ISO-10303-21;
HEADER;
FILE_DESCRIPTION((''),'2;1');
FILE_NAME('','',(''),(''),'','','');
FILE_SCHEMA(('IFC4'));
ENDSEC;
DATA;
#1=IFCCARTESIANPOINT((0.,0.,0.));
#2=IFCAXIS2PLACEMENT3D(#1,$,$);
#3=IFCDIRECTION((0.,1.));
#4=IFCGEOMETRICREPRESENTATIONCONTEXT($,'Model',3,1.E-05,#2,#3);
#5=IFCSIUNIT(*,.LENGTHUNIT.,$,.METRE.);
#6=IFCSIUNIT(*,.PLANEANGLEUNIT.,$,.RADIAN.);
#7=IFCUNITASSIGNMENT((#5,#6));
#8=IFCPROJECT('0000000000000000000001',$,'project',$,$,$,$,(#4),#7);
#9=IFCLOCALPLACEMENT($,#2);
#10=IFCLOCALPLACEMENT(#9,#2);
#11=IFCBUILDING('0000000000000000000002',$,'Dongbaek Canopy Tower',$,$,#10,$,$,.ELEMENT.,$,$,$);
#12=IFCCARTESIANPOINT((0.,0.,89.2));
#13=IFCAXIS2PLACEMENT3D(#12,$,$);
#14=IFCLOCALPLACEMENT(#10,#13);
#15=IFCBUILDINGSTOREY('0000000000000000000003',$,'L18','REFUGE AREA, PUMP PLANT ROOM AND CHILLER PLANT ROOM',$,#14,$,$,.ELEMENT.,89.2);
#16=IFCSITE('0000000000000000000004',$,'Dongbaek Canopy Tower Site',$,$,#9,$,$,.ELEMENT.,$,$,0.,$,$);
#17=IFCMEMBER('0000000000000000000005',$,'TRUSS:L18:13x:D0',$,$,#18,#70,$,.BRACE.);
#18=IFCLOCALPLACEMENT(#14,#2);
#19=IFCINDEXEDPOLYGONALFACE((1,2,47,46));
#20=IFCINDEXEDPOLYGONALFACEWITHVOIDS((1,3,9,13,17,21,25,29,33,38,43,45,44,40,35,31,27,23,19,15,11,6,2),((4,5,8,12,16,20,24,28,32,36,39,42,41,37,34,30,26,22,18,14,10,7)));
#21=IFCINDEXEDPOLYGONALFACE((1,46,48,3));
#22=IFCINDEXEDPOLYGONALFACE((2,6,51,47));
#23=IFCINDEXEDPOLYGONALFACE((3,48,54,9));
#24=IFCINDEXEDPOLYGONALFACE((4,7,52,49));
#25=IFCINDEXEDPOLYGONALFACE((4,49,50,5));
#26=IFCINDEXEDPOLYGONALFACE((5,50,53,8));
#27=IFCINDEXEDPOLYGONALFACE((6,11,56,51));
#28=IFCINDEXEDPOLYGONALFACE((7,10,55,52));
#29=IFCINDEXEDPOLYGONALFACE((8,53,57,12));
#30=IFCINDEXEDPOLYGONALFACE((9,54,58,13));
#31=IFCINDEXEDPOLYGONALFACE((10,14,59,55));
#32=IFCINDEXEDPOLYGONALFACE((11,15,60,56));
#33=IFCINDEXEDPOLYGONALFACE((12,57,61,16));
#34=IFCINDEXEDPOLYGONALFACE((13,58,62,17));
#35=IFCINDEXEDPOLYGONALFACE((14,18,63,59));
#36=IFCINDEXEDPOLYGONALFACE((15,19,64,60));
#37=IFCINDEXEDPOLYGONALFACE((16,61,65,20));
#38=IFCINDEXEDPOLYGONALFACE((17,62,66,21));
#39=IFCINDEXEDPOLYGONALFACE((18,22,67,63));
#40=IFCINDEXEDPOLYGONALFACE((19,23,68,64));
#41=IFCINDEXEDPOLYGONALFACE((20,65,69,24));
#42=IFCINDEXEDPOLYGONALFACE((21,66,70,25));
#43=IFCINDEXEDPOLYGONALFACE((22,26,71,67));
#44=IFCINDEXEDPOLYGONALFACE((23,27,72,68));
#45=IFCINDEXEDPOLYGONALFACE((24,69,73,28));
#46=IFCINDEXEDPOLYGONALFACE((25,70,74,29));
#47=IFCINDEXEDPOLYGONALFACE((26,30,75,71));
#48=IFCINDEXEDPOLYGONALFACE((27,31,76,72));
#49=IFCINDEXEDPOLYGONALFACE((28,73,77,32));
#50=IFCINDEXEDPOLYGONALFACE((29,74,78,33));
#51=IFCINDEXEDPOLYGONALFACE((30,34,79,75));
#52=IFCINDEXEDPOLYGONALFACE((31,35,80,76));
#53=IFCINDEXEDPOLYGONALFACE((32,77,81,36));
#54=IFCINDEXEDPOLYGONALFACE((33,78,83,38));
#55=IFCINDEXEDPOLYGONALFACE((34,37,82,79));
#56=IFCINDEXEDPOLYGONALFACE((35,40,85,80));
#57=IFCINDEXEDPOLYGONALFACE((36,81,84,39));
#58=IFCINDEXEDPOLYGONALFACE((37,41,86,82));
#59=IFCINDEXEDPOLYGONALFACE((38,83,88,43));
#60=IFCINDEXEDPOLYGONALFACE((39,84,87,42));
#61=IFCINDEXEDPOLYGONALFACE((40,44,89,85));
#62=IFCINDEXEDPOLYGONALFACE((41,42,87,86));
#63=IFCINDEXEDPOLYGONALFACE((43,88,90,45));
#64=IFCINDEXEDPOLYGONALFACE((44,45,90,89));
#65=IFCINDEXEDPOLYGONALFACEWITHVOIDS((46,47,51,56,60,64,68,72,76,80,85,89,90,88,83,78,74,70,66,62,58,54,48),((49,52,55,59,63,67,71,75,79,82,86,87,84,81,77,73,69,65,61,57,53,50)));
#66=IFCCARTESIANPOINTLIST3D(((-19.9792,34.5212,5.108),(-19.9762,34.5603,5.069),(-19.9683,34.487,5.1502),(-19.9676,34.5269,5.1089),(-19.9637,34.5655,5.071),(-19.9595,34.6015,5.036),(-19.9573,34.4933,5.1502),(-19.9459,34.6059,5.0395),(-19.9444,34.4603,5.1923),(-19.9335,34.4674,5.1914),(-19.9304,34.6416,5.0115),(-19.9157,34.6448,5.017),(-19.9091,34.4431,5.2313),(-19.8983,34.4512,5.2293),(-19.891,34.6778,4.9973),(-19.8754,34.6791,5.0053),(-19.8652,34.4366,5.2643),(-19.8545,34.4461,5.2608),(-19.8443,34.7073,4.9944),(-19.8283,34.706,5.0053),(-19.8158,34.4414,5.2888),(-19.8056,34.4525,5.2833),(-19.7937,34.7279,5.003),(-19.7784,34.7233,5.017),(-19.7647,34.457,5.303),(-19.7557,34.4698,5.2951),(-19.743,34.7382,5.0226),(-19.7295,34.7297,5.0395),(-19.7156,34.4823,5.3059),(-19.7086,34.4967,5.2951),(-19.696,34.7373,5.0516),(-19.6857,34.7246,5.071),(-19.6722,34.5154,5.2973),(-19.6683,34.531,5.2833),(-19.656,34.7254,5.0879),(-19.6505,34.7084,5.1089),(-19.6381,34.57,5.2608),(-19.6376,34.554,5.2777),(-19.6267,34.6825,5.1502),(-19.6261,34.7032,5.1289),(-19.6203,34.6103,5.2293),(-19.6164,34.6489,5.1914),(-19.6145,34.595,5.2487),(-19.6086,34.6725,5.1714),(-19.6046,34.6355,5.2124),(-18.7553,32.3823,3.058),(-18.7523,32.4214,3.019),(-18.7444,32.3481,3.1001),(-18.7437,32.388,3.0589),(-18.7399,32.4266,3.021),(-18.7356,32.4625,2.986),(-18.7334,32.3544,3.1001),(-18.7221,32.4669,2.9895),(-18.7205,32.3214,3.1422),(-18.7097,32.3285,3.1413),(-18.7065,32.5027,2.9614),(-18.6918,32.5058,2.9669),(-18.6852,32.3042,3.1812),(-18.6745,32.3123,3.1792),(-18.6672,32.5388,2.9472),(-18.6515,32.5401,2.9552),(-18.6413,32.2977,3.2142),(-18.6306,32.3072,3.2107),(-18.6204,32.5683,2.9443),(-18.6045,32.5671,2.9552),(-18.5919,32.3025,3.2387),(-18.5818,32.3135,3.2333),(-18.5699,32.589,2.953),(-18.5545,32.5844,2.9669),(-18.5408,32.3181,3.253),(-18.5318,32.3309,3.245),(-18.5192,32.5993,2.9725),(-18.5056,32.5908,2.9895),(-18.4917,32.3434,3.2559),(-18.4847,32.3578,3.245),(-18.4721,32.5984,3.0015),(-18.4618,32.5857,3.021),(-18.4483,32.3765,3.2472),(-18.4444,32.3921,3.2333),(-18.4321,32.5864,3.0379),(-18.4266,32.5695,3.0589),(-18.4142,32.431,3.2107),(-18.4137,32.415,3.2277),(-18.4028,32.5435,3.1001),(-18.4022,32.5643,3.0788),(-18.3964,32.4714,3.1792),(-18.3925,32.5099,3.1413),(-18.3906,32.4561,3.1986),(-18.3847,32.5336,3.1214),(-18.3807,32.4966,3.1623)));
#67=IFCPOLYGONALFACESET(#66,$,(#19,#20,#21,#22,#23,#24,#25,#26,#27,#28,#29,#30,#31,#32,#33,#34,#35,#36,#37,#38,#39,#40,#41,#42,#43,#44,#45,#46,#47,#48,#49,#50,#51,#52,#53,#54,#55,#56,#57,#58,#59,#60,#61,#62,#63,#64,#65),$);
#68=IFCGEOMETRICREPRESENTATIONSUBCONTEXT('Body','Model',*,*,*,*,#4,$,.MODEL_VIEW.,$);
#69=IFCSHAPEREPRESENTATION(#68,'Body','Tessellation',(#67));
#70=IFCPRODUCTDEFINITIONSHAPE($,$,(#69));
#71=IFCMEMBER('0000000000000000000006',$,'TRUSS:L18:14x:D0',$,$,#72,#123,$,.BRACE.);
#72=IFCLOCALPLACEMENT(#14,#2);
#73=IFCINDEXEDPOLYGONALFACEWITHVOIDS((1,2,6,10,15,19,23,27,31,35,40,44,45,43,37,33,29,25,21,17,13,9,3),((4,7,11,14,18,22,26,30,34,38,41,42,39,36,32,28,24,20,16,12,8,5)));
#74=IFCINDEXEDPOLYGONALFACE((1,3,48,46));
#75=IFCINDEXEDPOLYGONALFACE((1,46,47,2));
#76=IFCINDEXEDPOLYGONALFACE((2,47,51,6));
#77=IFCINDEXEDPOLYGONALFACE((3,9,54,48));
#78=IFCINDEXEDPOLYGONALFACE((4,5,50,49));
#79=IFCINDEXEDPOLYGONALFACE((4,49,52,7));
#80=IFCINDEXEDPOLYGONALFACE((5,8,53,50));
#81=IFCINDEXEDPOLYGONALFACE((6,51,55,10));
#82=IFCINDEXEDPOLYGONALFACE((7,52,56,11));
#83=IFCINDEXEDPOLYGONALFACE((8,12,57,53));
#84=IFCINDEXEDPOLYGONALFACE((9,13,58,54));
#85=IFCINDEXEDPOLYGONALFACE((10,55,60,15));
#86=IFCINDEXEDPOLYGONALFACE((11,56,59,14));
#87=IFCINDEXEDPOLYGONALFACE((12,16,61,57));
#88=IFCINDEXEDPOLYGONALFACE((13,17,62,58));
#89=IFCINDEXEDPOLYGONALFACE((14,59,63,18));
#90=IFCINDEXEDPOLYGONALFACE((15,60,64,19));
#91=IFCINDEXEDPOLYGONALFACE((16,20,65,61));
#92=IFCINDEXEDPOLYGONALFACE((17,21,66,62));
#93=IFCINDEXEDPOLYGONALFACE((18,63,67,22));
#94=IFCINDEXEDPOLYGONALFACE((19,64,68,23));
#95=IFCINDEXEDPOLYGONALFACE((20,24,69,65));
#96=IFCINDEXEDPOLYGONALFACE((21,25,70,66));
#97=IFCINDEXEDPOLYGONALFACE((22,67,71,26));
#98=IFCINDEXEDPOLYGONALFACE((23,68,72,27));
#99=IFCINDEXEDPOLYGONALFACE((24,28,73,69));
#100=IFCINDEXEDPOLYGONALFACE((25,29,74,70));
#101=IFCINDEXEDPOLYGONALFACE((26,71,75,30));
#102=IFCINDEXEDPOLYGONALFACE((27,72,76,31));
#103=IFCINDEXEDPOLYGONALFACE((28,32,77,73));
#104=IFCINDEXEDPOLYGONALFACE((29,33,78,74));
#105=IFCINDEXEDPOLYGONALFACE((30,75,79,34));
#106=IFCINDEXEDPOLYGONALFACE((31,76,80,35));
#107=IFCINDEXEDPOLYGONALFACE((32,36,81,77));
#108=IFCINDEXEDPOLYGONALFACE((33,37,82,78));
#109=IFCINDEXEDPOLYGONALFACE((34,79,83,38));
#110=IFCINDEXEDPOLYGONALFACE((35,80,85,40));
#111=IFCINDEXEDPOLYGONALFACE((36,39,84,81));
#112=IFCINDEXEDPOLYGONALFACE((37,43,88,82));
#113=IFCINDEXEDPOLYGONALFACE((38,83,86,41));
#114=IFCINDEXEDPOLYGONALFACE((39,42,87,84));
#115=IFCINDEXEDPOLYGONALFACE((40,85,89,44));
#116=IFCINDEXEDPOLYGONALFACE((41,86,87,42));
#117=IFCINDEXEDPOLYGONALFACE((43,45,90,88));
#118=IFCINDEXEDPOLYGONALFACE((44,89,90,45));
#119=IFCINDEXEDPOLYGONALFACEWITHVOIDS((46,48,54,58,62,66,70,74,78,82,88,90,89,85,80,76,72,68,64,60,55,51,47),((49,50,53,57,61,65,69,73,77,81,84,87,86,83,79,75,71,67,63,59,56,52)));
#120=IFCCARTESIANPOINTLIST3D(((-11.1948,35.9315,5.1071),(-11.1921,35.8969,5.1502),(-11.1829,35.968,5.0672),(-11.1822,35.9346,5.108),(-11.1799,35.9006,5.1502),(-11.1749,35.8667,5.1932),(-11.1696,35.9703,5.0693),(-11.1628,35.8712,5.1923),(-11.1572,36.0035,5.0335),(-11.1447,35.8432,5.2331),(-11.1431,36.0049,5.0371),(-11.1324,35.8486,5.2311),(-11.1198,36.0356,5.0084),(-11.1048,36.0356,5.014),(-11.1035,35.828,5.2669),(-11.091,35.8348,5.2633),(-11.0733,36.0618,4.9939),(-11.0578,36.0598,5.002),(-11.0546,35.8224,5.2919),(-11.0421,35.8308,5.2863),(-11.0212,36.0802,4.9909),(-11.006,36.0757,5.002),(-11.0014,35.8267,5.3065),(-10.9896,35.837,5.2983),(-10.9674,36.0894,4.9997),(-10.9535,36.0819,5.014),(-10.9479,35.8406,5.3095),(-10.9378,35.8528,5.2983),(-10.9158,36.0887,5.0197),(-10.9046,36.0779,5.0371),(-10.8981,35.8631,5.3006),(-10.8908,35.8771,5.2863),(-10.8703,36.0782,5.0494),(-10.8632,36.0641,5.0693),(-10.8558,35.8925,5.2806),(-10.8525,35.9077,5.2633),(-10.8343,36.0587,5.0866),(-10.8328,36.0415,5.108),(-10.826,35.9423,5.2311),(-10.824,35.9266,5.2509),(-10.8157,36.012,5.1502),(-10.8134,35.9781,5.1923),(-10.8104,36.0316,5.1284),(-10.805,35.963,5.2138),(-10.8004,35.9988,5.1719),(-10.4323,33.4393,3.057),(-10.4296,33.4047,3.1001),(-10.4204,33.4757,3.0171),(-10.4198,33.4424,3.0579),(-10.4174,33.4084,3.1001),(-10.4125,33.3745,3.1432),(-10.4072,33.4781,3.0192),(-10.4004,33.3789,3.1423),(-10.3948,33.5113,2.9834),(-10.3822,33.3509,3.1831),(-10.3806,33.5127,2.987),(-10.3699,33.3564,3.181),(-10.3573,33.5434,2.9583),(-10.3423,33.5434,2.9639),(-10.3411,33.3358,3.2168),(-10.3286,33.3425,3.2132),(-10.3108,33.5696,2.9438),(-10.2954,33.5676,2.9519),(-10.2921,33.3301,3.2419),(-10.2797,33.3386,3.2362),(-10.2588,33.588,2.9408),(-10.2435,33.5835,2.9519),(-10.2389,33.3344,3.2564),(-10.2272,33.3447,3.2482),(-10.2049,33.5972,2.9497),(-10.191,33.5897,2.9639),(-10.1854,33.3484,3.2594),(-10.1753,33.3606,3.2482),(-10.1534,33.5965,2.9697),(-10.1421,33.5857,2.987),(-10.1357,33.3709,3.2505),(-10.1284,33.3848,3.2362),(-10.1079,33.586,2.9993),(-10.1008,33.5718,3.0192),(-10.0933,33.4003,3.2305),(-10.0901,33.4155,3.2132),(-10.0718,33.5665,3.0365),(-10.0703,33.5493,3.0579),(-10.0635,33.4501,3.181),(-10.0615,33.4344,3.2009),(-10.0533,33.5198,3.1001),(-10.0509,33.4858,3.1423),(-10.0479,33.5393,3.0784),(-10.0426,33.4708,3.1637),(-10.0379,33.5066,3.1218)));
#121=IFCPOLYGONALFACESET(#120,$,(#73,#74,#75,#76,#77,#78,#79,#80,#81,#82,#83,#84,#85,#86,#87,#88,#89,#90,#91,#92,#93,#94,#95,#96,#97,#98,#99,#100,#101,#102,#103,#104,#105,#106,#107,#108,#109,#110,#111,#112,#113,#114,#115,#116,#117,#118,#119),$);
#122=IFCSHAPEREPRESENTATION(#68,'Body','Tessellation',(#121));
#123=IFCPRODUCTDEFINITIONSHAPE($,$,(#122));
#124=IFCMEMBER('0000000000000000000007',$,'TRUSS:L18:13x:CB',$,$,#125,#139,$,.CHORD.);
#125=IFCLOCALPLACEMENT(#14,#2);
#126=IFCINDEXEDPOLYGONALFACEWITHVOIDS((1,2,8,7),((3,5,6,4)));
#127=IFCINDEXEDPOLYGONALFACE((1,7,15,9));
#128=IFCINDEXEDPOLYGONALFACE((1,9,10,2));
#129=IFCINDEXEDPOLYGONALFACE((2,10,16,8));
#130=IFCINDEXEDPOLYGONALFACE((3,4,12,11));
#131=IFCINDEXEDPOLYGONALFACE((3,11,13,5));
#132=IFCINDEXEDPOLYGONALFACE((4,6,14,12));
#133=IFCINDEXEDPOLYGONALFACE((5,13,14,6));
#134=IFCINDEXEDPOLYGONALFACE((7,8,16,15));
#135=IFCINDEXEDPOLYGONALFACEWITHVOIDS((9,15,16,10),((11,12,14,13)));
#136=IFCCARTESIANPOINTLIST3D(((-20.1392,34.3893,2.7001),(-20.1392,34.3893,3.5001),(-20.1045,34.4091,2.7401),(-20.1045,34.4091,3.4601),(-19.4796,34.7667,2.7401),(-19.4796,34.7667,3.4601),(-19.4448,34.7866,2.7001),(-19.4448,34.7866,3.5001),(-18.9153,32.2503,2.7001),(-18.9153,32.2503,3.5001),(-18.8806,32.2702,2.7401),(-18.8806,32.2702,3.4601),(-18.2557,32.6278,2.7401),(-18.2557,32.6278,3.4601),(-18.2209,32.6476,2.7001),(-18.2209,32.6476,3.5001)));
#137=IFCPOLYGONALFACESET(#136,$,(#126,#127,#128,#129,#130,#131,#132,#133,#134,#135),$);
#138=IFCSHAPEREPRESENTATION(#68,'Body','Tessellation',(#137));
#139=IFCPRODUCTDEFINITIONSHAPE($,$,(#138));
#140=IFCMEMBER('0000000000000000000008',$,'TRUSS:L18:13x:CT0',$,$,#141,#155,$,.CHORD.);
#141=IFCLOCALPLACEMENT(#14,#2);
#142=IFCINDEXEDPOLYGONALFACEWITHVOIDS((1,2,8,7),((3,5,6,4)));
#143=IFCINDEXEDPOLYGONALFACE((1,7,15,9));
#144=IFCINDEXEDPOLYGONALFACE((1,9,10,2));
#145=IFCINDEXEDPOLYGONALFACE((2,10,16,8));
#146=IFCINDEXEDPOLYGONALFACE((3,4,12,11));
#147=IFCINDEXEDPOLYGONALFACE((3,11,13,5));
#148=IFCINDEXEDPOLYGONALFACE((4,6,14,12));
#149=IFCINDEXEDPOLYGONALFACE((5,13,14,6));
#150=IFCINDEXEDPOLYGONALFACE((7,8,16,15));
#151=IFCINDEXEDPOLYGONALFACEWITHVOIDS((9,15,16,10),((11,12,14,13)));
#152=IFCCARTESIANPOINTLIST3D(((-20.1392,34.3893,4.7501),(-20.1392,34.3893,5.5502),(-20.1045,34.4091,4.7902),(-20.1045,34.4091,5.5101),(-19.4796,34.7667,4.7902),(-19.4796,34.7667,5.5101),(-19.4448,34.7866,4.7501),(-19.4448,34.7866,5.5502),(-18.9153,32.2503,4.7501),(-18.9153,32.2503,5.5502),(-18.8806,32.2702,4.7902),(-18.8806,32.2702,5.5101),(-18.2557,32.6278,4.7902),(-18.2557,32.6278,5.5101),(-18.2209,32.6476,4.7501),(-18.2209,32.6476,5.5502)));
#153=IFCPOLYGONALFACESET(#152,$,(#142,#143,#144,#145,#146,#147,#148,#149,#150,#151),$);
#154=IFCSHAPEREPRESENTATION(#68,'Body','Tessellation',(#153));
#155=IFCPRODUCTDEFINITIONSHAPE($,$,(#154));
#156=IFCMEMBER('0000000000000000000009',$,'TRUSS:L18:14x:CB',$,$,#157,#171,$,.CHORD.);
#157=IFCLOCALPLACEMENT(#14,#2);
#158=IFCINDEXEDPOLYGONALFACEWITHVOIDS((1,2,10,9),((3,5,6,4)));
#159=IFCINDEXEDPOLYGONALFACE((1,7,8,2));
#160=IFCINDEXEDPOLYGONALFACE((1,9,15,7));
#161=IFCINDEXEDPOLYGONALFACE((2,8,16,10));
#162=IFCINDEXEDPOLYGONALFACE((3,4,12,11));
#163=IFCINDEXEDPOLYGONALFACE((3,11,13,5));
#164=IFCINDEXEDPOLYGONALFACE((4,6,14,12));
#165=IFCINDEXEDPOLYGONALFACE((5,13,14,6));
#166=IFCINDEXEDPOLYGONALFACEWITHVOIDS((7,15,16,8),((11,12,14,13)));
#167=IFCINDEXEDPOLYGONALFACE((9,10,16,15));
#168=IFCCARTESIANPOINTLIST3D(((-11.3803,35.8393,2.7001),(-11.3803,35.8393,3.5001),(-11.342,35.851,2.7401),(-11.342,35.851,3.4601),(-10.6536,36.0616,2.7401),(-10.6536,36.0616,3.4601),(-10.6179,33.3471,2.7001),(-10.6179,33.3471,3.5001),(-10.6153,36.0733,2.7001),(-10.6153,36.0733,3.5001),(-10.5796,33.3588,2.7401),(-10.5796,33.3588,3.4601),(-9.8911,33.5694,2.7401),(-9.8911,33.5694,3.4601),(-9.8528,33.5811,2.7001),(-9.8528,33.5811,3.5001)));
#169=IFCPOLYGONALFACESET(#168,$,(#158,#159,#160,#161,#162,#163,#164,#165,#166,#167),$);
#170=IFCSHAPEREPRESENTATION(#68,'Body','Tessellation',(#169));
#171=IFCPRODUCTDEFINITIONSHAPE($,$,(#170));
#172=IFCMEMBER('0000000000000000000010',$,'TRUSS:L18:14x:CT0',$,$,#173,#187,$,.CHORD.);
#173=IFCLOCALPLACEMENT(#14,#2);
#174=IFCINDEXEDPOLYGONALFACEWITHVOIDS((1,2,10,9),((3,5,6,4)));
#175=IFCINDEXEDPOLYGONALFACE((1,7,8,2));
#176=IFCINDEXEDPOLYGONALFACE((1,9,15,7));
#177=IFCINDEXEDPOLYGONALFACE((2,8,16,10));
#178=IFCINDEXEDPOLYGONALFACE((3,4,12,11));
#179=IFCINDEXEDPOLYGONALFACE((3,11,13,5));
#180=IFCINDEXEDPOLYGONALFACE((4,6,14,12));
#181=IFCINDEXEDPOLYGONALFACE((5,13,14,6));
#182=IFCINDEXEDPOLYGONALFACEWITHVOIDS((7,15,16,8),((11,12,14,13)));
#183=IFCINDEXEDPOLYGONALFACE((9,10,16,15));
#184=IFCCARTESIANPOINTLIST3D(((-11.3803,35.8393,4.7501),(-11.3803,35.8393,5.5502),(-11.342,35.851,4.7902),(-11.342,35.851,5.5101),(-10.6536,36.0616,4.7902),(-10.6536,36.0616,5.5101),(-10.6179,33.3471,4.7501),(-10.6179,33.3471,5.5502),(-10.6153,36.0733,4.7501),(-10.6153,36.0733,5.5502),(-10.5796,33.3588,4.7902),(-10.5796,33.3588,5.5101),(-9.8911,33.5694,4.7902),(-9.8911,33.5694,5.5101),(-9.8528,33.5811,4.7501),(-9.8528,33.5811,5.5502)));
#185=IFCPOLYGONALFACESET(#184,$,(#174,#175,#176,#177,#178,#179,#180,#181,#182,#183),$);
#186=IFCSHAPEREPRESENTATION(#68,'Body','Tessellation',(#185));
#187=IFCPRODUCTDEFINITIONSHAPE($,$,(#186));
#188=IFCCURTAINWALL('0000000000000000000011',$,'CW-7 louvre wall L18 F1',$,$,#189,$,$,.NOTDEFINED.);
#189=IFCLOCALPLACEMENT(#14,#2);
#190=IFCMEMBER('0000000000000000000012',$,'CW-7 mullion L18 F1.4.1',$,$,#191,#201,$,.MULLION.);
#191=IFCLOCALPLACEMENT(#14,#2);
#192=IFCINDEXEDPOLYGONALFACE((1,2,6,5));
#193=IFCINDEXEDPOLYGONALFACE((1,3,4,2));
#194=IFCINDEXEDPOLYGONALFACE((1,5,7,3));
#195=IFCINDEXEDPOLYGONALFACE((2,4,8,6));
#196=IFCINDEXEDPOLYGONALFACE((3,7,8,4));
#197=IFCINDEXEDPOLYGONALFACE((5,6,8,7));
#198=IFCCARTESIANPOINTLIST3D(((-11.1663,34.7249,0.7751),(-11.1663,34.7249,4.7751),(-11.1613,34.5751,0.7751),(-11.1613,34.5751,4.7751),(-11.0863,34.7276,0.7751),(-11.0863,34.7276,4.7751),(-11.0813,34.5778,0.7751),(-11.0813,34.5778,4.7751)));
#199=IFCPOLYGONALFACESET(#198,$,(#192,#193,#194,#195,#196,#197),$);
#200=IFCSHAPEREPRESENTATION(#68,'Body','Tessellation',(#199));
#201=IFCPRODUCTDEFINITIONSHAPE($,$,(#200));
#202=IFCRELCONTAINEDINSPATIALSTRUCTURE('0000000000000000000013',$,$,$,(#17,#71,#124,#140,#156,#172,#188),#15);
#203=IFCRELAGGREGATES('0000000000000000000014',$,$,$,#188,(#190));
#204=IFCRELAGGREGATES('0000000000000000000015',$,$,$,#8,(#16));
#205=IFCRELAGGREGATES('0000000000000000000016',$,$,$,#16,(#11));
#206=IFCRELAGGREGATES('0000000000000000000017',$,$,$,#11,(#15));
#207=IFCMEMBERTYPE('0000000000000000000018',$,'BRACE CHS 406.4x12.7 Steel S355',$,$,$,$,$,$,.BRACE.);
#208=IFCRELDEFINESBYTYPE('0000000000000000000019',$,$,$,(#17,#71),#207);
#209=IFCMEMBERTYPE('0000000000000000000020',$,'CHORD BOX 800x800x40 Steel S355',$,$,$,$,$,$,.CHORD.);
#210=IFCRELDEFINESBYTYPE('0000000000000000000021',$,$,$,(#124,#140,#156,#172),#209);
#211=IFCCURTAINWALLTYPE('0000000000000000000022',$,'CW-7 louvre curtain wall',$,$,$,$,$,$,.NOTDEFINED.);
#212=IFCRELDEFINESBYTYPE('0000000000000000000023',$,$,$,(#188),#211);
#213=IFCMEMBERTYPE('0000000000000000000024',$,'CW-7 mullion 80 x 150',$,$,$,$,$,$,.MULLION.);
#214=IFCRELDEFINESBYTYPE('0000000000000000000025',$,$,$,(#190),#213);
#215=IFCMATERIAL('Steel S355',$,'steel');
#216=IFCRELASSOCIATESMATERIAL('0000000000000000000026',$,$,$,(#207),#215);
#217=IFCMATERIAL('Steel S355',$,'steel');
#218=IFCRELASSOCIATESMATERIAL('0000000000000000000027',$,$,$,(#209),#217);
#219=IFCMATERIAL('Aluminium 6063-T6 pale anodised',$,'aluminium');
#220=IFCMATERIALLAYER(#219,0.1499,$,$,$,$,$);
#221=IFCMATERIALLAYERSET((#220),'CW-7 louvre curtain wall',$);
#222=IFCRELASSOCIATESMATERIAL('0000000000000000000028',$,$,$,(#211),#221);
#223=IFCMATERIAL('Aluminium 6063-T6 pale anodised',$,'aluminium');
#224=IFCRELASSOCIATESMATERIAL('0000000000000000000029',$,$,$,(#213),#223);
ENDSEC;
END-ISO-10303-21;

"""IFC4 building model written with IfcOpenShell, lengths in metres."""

from ifc_helpers import new_model, si_unit, direction, frame, origin, origin_2d, place, context, subcontext, project, spatial, rectangle, hollow_rectangle, hollow_circle, extrude, material, layer, layer_set, material_profile, profile_set, type_object, element, aggregate, save


model = new_model("IFC4")

# Units and contexts
model_context = context("Model", 3, precision=1e-05, world=origin(), true_north=direction((0.0, 1.0)))
body_context = subcontext(model_context, "Body", "Model", "MODEL_VIEW")
ifc_project = project(units=[si_unit("LENGTHUNIT", "METRE"), si_unit("PLANEANGLEUNIT", "RADIAN")], contexts=[model_context])

# Site, building, storey
site_placement = place(None, origin())
site = spatial("IfcSite", under=ifc_project, at=site_placement, Name="Dongbaek Canopy Tower Site", CompositionType="ELEMENT", RefElevation=0.0)
building_placement = place(site_placement, origin())
building = spatial("IfcBuilding", under=site, at=building_placement, Name="Dongbaek Canopy Tower", CompositionType="ELEMENT")
storey_placement = place(building_placement, frame((0.0, 0.0, 89.2)))
storey = spatial("IfcBuildingStorey", under=building, at=storey_placement, Name="L18", Description="REFUGE AREA, PUMP PLANT ROOM AND CHILLER PLANT ROOM", CompositionType="ELEMENT", Elevation=89.2)

# Members
ifc_material_1 = material(Name="Steel S355", Category="steel")
ifc_material_profile_1 = material_profile(ifc_material_1, hollow_circle(Radius=0.2031, WallThickness=0.0127, at=origin_2d()), Name="BRACE CHS 406.4x12.7 Steel S355")
ifc_profile_set_1 = profile_set([ifc_material_profile_1], Name="Steel S355")
member_type_1 = type_object("IfcMemberType", Name="BRACE CHS 406.4x12.7 Steel S355", PredefinedType="BRACE", material=ifc_profile_set_1)
member_1_placement = place(storey_placement, frame((-18.5681, 32.449, 3.1001), z_axis=(-0.3818, 0.667254, 0.639532), x_axis=(-0.867956, -0.49664, 0.0)))
element("IfcMember", 1, at=member_1_placement, inside=storey, type_object=member_type_1, Name="TRUSS:L18:13x:D0", PredefinedType="BRACE", context=body_context, shape_type="SweptSolid", body=[
    extrude(hollow_circle(Radius=0.2031, WallThickness=0.0127, at=origin_2d()), origin(), (0.0, 0.0, 1.0), 3.2056),
])
member_2_placement = place(storey_placement, frame((-10.2354, 33.4641, 3.1001), z_axis=(-0.22994, 0.751593, 0.618253), x_axis=(-0.95625, -0.292552, 0.0)))
element("IfcMember", 2, at=member_2_placement, inside=storey, type_object=member_type_1, Name="TRUSS:L18:14x:D0", PredefinedType="BRACE", context=body_context, shape_type="SweptSolid", body=[
    extrude(hollow_circle(Radius=0.2031, WallThickness=0.0127, at=origin_2d()), origin(), (0.0, 0.0, 1.0), 3.3159),
])
ifc_material_2 = material(Name="Steel S355", Category="steel")
ifc_material_profile_2 = material_profile(ifc_material_2, hollow_rectangle(XDim=0.8, YDim=0.8, WallThickness=0.04, at=origin_2d()), Name="CHORD BOX 800x800x40 Steel S355")
ifc_profile_set_2 = profile_set([ifc_material_profile_2], Name="Steel S355")
member_type_2 = type_object("IfcMemberType", Name="CHORD BOX 800x800x40 Steel S355", PredefinedType="CHORD", material=ifc_profile_set_2)
for number, where, z_axis, x_axis, name in (
    (3, (-18.5681, 32.449, 3.1001), (-0.49664, 0.867956, 0.0), (-0.867956, -0.49664, 0.0), "TRUSS:L18:13x:CB"),
    (4, (-18.5681, 32.449, 5.1501), (-0.49664, 0.867956, 0.0), (-0.867956, -0.49664, 0.0), "TRUSS:L18:13x:CT0"),
):
    element("IfcMember", number, at=place(storey_placement, frame(where, z_axis=z_axis, x_axis=x_axis)), inside=storey, type_object=member_type_2, Name=name, PredefinedType="CHORD", context=body_context, shape_type="SweptSolid", body=[
        extrude(hollow_rectangle(XDim=0.8, YDim=0.8, WallThickness=0.04, at=origin_2d()), origin(), (0.0, 0.0, 1.0), 2.4644),
    ])
for number, where, z_axis, x_axis, name in (
    (5, (-10.2354, 33.4641, 3.1001), (-0.292552, 0.95625, 0.0), (-0.95625, -0.292552, 0.0), "TRUSS:L18:14x:CB"),
    (6, (-10.2354, 33.4641, 5.1501), (-0.292552, 0.95625, 0.0), (-0.95625, -0.292552, 0.0), "TRUSS:L18:14x:CT0"),
):
    element("IfcMember", number, at=place(storey_placement, frame(where, z_axis=z_axis, x_axis=x_axis)), inside=storey, type_object=member_type_2, Name=name, PredefinedType="CHORD", context=body_context, shape_type="SweptSolid", body=[
        extrude(hollow_rectangle(XDim=0.8, YDim=0.8, WallThickness=0.04, at=origin_2d()), origin(), (0.0, 0.0, 1.0), 2.6062),
    ])

# Curtain wall, member
ifc_material_3 = material(Name="Aluminium 6063-T6 pale anodised", Category="aluminium")
ifc_layer_1 = layer(ifc_material_3, 0.1499)
ifc_layer_set_1 = layer_set([ifc_layer_1], Name="CW-7 louvre curtain wall")
curtain_wall_type = type_object("IfcCurtainWallType", Name="CW-7 louvre curtain wall", PredefinedType="NOTDEFINED", material=ifc_layer_set_1)
curtain_wall_1_placement = place(storey_placement, origin())
curtain_wall_1 = element("IfcCurtainWall", 7, at=curtain_wall_1_placement, inside=storey, type_object=curtain_wall_type, Name="CW-7 louvre wall L18 F1", PredefinedType="NOTDEFINED")
ifc_material_4 = material(Name="Aluminium 6063-T6 pale anodised", Category="aluminium")
ifc_material_profile_3 = material_profile(ifc_material_4, rectangle(XDim=0.1499, YDim=0.0801, at=origin_2d()), Name="CW-7 mullion 80 x 150")
ifc_profile_set_3 = profile_set([ifc_material_profile_3], Name="Aluminium 6063-T6 pale anodised")
member_type_3 = type_object("IfcMemberType", Name="CW-7 mullion 80 x 150", PredefinedType="MULLION", material=ifc_profile_set_3)
member_3_placement = place(storey_placement, frame((-11.1238, 34.6514, 0.7751), z_axis=(0.0, 0.0, 1.0), x_axis=(-0.033442, 0.999441, 0.0)))
member_3 = element("IfcMember", 8, at=member_3_placement, type_object=member_type_3, Name="CW-7 mullion L18 F1.4.1", PredefinedType="MULLION", context=body_context, shape_type="SweptSolid", body=[
    extrude(rectangle(XDim=0.1499, YDim=0.0801, at=origin_2d()), origin(), (0.0, 0.0, 1.0), 4.0),
])

aggregate(curtain_wall_1, [member_3])

save(model, "model.ifc")
